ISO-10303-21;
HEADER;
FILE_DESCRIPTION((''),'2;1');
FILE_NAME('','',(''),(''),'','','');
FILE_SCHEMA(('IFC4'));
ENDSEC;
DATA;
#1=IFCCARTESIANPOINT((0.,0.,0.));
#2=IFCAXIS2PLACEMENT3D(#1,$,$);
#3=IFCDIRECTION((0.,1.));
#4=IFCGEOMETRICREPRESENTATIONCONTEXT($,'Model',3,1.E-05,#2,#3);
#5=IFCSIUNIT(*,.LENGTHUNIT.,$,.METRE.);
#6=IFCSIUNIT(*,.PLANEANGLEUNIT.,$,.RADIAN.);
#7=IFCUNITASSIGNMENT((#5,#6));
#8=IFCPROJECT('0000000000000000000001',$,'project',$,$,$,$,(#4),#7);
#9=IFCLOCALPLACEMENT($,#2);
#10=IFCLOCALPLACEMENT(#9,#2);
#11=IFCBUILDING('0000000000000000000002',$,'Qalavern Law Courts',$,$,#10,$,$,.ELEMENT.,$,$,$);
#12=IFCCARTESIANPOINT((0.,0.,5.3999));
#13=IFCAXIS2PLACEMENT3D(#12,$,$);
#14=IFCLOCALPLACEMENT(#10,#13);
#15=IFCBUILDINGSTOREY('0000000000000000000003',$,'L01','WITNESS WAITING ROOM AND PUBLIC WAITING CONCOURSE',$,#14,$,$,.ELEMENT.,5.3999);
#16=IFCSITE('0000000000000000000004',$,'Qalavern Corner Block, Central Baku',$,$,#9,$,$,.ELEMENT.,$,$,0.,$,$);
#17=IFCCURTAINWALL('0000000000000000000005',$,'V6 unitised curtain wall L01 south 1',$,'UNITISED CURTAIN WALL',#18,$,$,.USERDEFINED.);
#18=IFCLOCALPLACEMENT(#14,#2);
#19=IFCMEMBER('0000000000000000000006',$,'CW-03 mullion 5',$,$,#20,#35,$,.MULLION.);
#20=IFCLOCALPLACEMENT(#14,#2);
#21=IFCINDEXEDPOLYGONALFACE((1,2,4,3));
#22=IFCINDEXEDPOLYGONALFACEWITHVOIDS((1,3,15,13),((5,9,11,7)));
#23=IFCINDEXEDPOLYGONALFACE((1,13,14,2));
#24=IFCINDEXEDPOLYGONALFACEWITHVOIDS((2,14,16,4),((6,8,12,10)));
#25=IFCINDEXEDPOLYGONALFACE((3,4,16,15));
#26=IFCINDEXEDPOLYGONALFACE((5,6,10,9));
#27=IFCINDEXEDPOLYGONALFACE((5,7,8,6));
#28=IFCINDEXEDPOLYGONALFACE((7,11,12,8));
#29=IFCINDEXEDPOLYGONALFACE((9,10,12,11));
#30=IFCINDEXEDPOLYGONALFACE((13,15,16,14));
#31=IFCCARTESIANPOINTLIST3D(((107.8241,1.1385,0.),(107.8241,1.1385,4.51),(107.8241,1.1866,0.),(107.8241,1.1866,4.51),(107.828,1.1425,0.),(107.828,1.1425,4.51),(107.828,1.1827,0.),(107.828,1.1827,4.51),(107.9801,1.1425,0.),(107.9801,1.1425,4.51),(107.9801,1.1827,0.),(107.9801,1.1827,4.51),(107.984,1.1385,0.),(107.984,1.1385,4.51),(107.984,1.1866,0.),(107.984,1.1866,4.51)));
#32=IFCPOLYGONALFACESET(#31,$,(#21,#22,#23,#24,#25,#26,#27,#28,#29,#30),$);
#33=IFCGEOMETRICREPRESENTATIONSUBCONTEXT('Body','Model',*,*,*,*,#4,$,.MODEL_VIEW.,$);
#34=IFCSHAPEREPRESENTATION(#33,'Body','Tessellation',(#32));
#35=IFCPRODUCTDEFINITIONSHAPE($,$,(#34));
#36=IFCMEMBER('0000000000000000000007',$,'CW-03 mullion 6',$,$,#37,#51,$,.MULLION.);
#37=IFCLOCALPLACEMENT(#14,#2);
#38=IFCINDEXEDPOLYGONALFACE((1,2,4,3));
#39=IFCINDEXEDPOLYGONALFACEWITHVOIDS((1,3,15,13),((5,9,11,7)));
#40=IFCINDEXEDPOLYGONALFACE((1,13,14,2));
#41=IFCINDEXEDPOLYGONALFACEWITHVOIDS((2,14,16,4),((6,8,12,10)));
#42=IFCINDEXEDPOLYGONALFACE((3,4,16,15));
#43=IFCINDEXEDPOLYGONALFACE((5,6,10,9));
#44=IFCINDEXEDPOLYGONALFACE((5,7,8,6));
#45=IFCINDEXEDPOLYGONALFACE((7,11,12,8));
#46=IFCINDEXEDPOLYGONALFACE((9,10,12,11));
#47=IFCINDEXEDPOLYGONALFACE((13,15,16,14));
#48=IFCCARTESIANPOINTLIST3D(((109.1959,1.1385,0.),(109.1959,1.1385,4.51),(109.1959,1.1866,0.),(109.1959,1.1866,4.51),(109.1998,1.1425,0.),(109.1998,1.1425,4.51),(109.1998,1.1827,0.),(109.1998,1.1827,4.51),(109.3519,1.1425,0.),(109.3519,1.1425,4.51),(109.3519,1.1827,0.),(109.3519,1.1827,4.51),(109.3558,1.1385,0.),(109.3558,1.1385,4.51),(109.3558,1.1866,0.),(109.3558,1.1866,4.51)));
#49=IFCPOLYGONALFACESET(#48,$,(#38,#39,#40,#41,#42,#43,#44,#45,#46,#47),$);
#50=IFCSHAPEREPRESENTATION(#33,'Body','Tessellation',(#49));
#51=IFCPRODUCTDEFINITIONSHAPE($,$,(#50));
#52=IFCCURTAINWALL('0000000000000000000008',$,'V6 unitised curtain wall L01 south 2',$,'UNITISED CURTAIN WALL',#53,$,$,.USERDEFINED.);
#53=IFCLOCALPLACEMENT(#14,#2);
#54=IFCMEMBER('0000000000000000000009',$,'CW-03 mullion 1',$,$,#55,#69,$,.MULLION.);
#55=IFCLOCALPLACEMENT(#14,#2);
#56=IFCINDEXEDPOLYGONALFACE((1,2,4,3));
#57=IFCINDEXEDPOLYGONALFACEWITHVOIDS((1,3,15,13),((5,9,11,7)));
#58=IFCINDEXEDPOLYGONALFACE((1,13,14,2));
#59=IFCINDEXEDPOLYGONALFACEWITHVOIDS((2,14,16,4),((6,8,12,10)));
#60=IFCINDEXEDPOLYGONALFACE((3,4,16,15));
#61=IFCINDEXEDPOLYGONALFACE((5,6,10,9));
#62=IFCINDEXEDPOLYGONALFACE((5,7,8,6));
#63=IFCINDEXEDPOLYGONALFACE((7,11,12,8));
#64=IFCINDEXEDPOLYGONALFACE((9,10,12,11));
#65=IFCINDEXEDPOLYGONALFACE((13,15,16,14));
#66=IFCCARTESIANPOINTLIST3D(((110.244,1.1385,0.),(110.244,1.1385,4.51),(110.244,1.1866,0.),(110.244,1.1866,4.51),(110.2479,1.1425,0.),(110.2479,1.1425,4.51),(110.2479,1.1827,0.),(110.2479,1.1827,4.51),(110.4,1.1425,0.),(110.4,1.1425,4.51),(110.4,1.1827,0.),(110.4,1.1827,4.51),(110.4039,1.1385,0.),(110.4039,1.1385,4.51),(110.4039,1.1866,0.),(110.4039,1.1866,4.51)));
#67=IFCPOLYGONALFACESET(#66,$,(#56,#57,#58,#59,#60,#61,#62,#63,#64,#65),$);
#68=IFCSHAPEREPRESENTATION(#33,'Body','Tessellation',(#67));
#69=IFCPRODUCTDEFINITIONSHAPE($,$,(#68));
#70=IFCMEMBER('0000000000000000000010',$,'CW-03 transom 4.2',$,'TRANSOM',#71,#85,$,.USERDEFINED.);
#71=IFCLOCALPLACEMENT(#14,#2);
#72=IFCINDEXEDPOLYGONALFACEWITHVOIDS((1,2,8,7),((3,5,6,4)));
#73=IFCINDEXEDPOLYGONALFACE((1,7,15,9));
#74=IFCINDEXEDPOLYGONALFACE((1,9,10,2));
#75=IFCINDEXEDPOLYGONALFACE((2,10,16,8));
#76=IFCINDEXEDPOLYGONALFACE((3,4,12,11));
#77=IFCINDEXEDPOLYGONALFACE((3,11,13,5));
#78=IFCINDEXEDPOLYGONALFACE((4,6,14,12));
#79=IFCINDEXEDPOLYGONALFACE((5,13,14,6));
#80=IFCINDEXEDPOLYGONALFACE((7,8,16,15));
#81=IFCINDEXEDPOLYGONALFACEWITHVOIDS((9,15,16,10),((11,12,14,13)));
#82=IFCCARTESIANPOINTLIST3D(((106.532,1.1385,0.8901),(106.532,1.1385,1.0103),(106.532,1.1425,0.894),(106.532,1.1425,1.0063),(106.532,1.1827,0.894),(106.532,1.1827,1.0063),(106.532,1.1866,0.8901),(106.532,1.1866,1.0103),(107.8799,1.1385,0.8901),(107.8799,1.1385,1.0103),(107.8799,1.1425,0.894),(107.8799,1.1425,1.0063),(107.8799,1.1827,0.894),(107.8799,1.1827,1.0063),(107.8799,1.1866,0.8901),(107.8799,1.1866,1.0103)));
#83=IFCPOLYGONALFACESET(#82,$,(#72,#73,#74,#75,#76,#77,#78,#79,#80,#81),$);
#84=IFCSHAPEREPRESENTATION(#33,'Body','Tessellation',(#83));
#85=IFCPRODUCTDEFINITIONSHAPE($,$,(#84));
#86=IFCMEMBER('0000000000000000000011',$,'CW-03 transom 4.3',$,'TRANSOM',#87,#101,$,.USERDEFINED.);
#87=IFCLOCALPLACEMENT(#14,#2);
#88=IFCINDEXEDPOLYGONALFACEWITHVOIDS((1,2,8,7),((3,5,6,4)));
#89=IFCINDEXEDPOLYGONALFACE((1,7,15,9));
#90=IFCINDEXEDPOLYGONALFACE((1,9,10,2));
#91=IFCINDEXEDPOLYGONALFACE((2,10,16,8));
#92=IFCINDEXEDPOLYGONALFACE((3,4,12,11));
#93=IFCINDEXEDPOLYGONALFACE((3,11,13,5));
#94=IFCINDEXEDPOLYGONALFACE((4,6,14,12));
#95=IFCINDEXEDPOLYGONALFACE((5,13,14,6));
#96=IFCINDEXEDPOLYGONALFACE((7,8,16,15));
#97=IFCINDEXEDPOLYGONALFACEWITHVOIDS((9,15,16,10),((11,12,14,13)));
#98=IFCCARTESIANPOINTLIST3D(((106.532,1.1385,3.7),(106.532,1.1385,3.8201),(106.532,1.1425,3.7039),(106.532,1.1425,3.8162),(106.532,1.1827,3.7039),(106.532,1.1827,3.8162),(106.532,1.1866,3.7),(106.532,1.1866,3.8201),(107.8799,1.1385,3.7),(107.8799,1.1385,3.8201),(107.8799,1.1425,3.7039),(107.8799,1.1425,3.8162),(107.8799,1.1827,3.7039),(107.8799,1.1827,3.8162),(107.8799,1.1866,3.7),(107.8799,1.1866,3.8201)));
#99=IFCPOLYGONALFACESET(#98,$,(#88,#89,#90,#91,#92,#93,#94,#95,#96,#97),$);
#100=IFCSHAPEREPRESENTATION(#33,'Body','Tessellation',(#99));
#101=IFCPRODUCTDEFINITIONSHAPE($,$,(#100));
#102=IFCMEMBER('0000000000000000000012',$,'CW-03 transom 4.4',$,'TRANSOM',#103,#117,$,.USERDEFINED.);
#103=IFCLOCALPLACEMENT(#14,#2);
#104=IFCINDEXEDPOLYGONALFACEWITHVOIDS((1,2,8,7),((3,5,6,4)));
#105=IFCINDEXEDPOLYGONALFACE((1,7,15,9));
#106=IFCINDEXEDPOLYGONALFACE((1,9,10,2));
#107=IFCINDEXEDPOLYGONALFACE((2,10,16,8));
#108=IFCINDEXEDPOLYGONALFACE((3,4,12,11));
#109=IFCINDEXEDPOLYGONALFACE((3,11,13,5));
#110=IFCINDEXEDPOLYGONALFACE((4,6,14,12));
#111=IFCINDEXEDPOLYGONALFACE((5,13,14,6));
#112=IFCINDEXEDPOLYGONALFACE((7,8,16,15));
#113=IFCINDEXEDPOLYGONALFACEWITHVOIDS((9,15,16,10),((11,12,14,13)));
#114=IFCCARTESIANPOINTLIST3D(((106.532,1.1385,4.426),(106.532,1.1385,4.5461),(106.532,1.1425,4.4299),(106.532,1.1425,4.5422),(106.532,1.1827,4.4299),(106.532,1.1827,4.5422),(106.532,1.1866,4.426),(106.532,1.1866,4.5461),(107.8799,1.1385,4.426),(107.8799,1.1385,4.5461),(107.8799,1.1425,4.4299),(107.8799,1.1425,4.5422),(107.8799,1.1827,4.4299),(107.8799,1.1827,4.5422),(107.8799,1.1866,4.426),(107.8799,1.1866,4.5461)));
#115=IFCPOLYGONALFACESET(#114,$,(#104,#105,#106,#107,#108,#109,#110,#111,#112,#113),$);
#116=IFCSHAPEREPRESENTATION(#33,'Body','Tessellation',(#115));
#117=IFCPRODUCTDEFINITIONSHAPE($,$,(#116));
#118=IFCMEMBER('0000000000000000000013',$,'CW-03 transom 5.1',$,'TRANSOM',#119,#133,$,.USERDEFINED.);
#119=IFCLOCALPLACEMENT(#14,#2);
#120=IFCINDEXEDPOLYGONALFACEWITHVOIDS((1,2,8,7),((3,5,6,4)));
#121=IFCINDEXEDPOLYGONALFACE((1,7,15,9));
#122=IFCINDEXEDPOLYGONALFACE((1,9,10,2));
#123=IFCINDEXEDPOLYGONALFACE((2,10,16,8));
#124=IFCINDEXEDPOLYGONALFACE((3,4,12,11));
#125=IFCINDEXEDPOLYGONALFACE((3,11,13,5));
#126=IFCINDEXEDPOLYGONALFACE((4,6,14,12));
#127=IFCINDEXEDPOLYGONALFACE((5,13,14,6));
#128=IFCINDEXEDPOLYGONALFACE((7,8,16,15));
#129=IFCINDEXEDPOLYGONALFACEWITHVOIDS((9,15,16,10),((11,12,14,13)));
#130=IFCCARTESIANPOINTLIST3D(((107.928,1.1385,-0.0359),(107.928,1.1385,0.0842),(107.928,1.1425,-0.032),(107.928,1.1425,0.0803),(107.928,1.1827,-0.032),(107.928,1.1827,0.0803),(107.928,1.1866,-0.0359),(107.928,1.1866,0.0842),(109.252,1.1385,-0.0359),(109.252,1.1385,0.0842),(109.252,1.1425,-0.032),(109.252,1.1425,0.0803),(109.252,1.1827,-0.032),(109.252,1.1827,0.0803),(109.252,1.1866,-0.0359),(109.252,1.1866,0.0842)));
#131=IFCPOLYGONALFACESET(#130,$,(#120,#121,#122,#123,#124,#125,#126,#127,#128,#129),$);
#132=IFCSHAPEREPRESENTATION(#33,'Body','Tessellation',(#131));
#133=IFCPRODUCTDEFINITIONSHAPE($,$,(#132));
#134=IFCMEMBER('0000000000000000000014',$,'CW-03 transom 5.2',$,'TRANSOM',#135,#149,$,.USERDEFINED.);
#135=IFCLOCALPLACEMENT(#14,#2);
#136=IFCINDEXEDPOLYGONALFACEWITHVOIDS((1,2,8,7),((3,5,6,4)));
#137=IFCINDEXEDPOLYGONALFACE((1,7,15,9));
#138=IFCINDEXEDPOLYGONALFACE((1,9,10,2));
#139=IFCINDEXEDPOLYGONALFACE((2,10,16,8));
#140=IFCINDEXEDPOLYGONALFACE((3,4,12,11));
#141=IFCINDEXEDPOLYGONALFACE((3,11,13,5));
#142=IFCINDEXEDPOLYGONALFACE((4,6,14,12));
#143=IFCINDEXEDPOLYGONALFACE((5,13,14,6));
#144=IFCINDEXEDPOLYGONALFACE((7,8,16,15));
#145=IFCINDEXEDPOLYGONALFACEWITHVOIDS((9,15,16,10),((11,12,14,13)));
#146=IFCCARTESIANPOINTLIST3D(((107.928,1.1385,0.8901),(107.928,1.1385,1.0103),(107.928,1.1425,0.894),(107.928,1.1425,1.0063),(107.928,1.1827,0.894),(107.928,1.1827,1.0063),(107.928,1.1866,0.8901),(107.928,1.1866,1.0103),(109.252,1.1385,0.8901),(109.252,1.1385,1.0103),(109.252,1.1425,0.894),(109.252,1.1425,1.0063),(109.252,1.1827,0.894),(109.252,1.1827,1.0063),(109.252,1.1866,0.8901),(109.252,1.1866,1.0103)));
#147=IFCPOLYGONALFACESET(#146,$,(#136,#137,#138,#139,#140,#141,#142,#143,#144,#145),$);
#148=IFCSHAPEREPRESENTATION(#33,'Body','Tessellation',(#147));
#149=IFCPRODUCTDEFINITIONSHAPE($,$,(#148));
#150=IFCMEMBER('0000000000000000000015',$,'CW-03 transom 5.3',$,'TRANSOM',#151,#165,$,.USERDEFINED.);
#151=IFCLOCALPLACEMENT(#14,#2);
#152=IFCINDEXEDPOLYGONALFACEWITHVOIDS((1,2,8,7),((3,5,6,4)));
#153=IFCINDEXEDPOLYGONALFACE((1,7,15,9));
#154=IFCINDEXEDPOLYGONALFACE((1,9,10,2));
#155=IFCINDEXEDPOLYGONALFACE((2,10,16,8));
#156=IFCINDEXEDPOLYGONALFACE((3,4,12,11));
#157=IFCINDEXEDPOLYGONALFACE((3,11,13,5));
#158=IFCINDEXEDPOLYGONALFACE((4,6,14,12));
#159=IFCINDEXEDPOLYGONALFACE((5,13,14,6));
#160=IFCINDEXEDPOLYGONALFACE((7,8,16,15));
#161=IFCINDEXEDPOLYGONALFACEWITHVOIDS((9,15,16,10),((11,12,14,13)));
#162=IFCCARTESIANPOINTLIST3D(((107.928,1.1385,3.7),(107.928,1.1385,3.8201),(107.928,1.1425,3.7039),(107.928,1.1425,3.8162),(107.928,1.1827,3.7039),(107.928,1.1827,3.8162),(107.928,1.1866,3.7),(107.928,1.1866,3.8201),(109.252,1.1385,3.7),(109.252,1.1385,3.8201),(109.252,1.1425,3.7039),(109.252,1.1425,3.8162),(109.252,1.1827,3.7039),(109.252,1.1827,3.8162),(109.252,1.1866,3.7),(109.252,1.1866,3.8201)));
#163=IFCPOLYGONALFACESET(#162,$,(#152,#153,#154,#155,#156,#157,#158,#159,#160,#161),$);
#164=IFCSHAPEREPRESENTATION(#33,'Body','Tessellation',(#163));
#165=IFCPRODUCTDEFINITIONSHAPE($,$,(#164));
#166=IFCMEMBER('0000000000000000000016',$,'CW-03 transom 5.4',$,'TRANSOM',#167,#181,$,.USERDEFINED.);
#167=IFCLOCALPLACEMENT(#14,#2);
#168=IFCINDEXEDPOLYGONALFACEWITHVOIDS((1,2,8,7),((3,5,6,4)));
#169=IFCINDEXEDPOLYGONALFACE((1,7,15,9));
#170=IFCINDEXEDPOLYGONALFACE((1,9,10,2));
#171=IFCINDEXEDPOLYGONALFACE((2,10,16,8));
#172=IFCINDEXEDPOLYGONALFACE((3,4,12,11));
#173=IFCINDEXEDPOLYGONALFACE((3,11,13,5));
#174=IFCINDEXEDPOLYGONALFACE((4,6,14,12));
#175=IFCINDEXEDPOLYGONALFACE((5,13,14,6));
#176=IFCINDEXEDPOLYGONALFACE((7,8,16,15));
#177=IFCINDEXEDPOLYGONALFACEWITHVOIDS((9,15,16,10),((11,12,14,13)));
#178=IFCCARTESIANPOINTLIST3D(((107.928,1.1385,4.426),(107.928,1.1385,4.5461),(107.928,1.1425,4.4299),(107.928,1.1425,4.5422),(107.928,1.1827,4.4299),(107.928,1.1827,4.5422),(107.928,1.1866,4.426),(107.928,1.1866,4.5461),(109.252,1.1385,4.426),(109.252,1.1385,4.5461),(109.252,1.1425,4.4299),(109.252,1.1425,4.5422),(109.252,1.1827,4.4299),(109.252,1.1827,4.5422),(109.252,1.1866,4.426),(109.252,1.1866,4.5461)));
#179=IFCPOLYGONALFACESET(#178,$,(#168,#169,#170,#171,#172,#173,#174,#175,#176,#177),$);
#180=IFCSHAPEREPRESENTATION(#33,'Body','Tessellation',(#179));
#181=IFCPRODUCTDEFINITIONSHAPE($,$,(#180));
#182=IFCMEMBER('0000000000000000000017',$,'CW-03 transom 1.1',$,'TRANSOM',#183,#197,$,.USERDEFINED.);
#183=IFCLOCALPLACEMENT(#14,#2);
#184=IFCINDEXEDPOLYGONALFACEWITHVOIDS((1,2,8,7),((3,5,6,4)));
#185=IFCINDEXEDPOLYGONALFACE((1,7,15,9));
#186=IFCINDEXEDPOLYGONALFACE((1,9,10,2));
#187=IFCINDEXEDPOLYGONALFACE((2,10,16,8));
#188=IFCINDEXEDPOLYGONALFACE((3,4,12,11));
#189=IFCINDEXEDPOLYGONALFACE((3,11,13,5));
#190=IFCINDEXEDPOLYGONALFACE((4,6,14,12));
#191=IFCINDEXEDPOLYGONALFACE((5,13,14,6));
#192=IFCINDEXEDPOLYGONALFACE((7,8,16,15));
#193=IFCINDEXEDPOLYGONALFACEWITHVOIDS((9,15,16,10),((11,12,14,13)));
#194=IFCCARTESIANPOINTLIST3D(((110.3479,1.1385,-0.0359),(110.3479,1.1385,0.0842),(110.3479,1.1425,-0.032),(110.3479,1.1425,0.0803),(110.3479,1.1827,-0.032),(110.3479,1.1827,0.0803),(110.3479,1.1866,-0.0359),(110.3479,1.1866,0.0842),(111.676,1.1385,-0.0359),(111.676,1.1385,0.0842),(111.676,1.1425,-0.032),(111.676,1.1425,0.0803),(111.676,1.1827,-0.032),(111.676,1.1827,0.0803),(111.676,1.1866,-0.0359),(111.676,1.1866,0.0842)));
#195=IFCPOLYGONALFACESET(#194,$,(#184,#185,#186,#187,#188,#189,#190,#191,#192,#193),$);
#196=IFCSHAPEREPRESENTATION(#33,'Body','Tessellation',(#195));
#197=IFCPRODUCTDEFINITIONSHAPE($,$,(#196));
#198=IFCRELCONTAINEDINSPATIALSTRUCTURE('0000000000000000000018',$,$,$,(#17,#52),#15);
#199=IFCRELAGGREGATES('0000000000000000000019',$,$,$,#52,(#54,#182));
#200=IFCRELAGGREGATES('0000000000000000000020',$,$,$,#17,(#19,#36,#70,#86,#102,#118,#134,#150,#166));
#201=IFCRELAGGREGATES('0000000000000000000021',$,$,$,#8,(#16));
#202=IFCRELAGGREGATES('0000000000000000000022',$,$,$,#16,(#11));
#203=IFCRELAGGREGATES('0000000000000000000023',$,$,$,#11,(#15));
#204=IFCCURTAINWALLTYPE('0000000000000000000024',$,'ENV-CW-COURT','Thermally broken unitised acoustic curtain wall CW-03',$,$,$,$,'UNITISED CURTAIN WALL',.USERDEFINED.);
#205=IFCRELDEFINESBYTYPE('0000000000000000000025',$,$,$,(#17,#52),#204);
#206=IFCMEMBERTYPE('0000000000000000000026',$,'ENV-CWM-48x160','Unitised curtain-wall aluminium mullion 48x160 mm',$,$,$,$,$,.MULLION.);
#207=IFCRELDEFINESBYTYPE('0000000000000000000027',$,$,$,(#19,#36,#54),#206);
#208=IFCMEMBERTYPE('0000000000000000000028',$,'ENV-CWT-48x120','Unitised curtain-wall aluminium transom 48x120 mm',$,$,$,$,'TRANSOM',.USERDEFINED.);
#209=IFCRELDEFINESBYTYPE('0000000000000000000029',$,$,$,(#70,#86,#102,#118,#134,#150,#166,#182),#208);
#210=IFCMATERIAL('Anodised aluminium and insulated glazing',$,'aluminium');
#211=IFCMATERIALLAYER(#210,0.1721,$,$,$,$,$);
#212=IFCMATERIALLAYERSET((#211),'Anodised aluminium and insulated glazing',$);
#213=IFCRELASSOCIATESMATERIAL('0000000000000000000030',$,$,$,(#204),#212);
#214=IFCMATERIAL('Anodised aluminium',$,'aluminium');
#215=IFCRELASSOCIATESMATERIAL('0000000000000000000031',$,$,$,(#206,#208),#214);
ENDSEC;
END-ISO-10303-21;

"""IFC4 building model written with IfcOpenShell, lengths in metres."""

from ifc_helpers import new_model, si_unit, direction, frame, origin, origin_2d, place, context, subcontext, project, spatial, hollow_rectangle, extrude, material, layer, layer_set, material_profile, profile_set, type_object, element, aggregate, save


model = new_model("IFC4")

# Units and contexts
model_context = context("Model", 3, precision=1e-05, world=origin(), true_north=direction((0.0, 1.0)))
body_context = subcontext(model_context, "Body", "Model", "MODEL_VIEW")
ifc_project = project(units=[si_unit("LENGTHUNIT", "METRE"), si_unit("PLANEANGLEUNIT", "RADIAN")], contexts=[model_context])

# Site, building, storey
site_placement = place(None, origin())
site = spatial("IfcSite", under=ifc_project, at=site_placement, Name="Qalavern Corner Block, Central Baku", CompositionType="ELEMENT", RefElevation=0.0)
building_placement = place(site_placement, origin())
building = spatial("IfcBuilding", under=site, at=building_placement, Name="Qalavern Law Courts", CompositionType="ELEMENT")
storey_placement = place(building_placement, frame((0.0, 0.0, 5.3999)))
storey = spatial("IfcBuildingStorey", under=building, at=storey_placement, Name="L01", Description="WITNESS WAITING ROOM AND PUBLIC WAITING CONCOURSE", CompositionType="ELEMENT", Elevation=5.3999)

# Curtain wall, members
ifc_material_1 = material(Name="Anodised aluminium and insulated glazing", Category="aluminium")
ifc_layer_1 = layer(ifc_material_1, 0.1721)
ifc_layer_set_1 = layer_set([ifc_layer_1], Name="Anodised aluminium and insulated glazing")
curtain_wall_type = type_object("IfcCurtainWallType", Name="ENV-CW-COURT", Description="Thermally broken unitised acoustic curtain wall CW-03", ElementType="UNITISED CURTAIN WALL", PredefinedType="USERDEFINED", material=ifc_layer_set_1)
curtain_wall_1_placement = place(storey_placement, origin())
curtain_wall_1 = element("IfcCurtainWall", 1, at=curtain_wall_1_placement, inside=storey, type_object=curtain_wall_type, Name="V6 unitised curtain wall L01 south 1", ObjectType="UNITISED CURTAIN WALL", PredefinedType="USERDEFINED")
ifc_material_2 = material(Name="Anodised aluminium", Category="aluminium")
ifc_material_profile_1 = material_profile(ifc_material_2, hollow_rectangle(XDim=0.0481, YDim=0.1599, WallThickness=0.0039, at=origin_2d()), Name="ALU MULLION 48x160")
ifc_profile_set_1 = profile_set([ifc_material_profile_1], Name="Anodised aluminium")
member_type_1 = type_object("IfcMemberType", Name="ENV-CWM-48x160", Description="Unitised curtain-wall aluminium mullion 48x160 mm", PredefinedType="MULLION", material=ifc_profile_set_1)
member_1_placement = place(storey_placement, frame((107.9041, 1.1626, 0.0), z_axis=(0.0, 0.0, 1.0), x_axis=(0.0, 1.0, 0.0)))
member_1 = element("IfcMember", 2, at=member_1_placement, type_object=member_type_1, Name="CW-03 mullion 5", PredefinedType="MULLION", context=body_context, shape_type="SweptSolid", body=[
    extrude(hollow_rectangle(XDim=0.0481, YDim=0.1599, WallThickness=0.0039, at=origin_2d()), origin(), (0.0, 0.0, 1.0), 4.51),
])
member_2_placement = place(storey_placement, frame((109.2759, 1.1626, 0.0), z_axis=(0.0, 0.0, 1.0), x_axis=(0.0, 1.0, 0.0)))
member_2 = element("IfcMember", 3, at=member_2_placement, type_object=member_type_1, Name="CW-03 mullion 6", PredefinedType="MULLION", context=body_context, shape_type="SweptSolid", body=[
    extrude(hollow_rectangle(XDim=0.0481, YDim=0.1599, WallThickness=0.0039, at=origin_2d()), origin(), (0.0, 0.0, 1.0), 4.51),
])

# Curtain wall, member
curtain_wall_2_placement = place(storey_placement, origin())
curtain_wall_2 = element("IfcCurtainWall", 4, at=curtain_wall_2_placement, inside=storey, type_object=curtain_wall_type, Name="V6 unitised curtain wall L01 south 2", ObjectType="UNITISED CURTAIN WALL", PredefinedType="USERDEFINED")
member_3_placement = place(storey_placement, frame((110.324, 1.1626, 0.0), z_axis=(0.0, 0.0, 1.0), x_axis=(0.0, 1.0, 0.0)))
member_3 = element("IfcMember", 5, at=member_3_placement, type_object=member_type_1, Name="CW-03 mullion 1", PredefinedType="MULLION", context=body_context, shape_type="SweptSolid", body=[
    extrude(hollow_rectangle(XDim=0.0481, YDim=0.1599, WallThickness=0.0039, at=origin_2d()), origin(), (0.0, 0.0, 1.0), 4.51),
])

# Members
ifc_material_profile_2 = material_profile(ifc_material_2, hollow_rectangle(XDim=0.0481, YDim=0.1201, WallThickness=0.0039, at=origin_2d()), Name="ALU TRANSOM 48x120")
ifc_profile_set_2 = profile_set([ifc_material_profile_2], Name="Anodised aluminium")
member_type_2 = type_object("IfcMemberType", Name="ENV-CWT-48x120", Description="Unitised curtain-wall aluminium transom 48x120 mm", ElementType="TRANSOM", PredefinedType="USERDEFINED", material=ifc_profile_set_2)
member_4_placement = place(storey_placement, frame((106.532, 1.1626, 0.9502), z_axis=(1.0, 0.0, 0.0), x_axis=(0.0, 1.0, 0.0)))
member_4 = element("IfcMember", 6, at=member_4_placement, type_object=member_type_2, Name="CW-03 transom 4.2", ObjectType="TRANSOM", PredefinedType="USERDEFINED", context=body_context, shape_type="SweptSolid", body=[
    extrude(hollow_rectangle(XDim=0.0481, YDim=0.1201, WallThickness=0.0039, at=origin_2d()), origin(), (0.0, 0.0, 1.0), 1.3479),
])
member_5_placement = place(storey_placement, frame((106.532, 1.1626, 3.76), z_axis=(1.0, 0.0, 0.0), x_axis=(0.0, 1.0, 0.0)))
member_5 = element("IfcMember", 7, at=member_5_placement, type_object=member_type_2, Name="CW-03 transom 4.3", ObjectType="TRANSOM", PredefinedType="USERDEFINED", context=body_context, shape_type="SweptSolid", body=[
    extrude(hollow_rectangle(XDim=0.0481, YDim=0.1201, WallThickness=0.0039, at=origin_2d()), origin(), (0.0, 0.0, 1.0), 1.3479),
])
member_6_placement = place(storey_placement, frame((106.532, 1.1626, 4.4861), z_axis=(1.0, 0.0, 0.0), x_axis=(0.0, 1.0, 0.0)))
member_6 = element("IfcMember", 8, at=member_6_placement, type_object=member_type_2, Name="CW-03 transom 4.4", ObjectType="TRANSOM", PredefinedType="USERDEFINED", context=body_context, shape_type="SweptSolid", body=[
    extrude(hollow_rectangle(XDim=0.0481, YDim=0.1201, WallThickness=0.0039, at=origin_2d()), origin(), (0.0, 0.0, 1.0), 1.3479),
])
member_7_placement = place(storey_placement, frame((107.928, 1.1626, 0.0242), z_axis=(1.0, 0.0, 0.0), x_axis=(0.0, 1.0, 0.0)))
member_7 = element("IfcMember", 9, at=member_7_placement, type_object=member_type_2, Name="CW-03 transom 5.1", ObjectType="TRANSOM", PredefinedType="USERDEFINED", context=body_context, shape_type="SweptSolid", body=[
    extrude(hollow_rectangle(XDim=0.0481, YDim=0.1201, WallThickness=0.0039, at=origin_2d()), origin(), (0.0, 0.0, 1.0), 1.324),
])
member_8_placement = place(storey_placement, frame((107.928, 1.1626, 0.9502), z_axis=(1.0, 0.0, 0.0), x_axis=(0.0, 1.0, 0.0)))
member_8 = element("IfcMember", 10, at=member_8_placement, type_object=member_type_2, Name="CW-03 transom 5.2", ObjectType="TRANSOM", PredefinedType="USERDEFINED", context=body_context, shape_type="SweptSolid", body=[
    extrude(hollow_rectangle(XDim=0.0481, YDim=0.1201, WallThickness=0.0039, at=origin_2d()), origin(), (0.0, 0.0, 1.0), 1.324),
])
member_9_placement = place(storey_placement, frame((107.928, 1.1626, 3.76), z_axis=(1.0, 0.0, 0.0), x_axis=(0.0, 1.0, 0.0)))
member_9 = element("IfcMember", 11, at=member_9_placement, type_object=member_type_2, Name="CW-03 transom 5.3", ObjectType="TRANSOM", PredefinedType="USERDEFINED", context=body_context, shape_type="SweptSolid", body=[
    extrude(hollow_rectangle(XDim=0.0481, YDim=0.1201, WallThickness=0.0039, at=origin_2d()), origin(), (0.0, 0.0, 1.0), 1.324),
])
member_10_placement = place(storey_placement, frame((107.928, 1.1626, 4.4861), z_axis=(1.0, 0.0, 0.0), x_axis=(0.0, 1.0, 0.0)))
member_10 = element("IfcMember", 12, at=member_10_placement, type_object=member_type_2, Name="CW-03 transom 5.4", ObjectType="TRANSOM", PredefinedType="USERDEFINED", context=body_context, shape_type="SweptSolid", body=[
    extrude(hollow_rectangle(XDim=0.0481, YDim=0.1201, WallThickness=0.0039, at=origin_2d()), origin(), (0.0, 0.0, 1.0), 1.324),
])
member_11_placement = place(storey_placement, frame((110.3479, 1.1626, 0.0242), z_axis=(1.0, 0.0, 0.0), x_axis=(0.0, 1.0, 0.0)))
member_11 = element("IfcMember", 13, at=member_11_placement, type_object=member_type_2, Name="CW-03 transom 1.1", ObjectType="TRANSOM", PredefinedType="USERDEFINED", context=body_context, shape_type="SweptSolid", body=[
    extrude(hollow_rectangle(XDim=0.0481, YDim=0.1201, WallThickness=0.0039, at=origin_2d()), origin(), (0.0, 0.0, 1.0), 1.3281),
])
aggregate(curtain_wall_2, [member_3, member_11])

aggregate(curtain_wall_1, [member_1, member_2, member_4, member_5, member_6, member_7, member_8, member_9, member_10])

save(model, "model.ifc")
